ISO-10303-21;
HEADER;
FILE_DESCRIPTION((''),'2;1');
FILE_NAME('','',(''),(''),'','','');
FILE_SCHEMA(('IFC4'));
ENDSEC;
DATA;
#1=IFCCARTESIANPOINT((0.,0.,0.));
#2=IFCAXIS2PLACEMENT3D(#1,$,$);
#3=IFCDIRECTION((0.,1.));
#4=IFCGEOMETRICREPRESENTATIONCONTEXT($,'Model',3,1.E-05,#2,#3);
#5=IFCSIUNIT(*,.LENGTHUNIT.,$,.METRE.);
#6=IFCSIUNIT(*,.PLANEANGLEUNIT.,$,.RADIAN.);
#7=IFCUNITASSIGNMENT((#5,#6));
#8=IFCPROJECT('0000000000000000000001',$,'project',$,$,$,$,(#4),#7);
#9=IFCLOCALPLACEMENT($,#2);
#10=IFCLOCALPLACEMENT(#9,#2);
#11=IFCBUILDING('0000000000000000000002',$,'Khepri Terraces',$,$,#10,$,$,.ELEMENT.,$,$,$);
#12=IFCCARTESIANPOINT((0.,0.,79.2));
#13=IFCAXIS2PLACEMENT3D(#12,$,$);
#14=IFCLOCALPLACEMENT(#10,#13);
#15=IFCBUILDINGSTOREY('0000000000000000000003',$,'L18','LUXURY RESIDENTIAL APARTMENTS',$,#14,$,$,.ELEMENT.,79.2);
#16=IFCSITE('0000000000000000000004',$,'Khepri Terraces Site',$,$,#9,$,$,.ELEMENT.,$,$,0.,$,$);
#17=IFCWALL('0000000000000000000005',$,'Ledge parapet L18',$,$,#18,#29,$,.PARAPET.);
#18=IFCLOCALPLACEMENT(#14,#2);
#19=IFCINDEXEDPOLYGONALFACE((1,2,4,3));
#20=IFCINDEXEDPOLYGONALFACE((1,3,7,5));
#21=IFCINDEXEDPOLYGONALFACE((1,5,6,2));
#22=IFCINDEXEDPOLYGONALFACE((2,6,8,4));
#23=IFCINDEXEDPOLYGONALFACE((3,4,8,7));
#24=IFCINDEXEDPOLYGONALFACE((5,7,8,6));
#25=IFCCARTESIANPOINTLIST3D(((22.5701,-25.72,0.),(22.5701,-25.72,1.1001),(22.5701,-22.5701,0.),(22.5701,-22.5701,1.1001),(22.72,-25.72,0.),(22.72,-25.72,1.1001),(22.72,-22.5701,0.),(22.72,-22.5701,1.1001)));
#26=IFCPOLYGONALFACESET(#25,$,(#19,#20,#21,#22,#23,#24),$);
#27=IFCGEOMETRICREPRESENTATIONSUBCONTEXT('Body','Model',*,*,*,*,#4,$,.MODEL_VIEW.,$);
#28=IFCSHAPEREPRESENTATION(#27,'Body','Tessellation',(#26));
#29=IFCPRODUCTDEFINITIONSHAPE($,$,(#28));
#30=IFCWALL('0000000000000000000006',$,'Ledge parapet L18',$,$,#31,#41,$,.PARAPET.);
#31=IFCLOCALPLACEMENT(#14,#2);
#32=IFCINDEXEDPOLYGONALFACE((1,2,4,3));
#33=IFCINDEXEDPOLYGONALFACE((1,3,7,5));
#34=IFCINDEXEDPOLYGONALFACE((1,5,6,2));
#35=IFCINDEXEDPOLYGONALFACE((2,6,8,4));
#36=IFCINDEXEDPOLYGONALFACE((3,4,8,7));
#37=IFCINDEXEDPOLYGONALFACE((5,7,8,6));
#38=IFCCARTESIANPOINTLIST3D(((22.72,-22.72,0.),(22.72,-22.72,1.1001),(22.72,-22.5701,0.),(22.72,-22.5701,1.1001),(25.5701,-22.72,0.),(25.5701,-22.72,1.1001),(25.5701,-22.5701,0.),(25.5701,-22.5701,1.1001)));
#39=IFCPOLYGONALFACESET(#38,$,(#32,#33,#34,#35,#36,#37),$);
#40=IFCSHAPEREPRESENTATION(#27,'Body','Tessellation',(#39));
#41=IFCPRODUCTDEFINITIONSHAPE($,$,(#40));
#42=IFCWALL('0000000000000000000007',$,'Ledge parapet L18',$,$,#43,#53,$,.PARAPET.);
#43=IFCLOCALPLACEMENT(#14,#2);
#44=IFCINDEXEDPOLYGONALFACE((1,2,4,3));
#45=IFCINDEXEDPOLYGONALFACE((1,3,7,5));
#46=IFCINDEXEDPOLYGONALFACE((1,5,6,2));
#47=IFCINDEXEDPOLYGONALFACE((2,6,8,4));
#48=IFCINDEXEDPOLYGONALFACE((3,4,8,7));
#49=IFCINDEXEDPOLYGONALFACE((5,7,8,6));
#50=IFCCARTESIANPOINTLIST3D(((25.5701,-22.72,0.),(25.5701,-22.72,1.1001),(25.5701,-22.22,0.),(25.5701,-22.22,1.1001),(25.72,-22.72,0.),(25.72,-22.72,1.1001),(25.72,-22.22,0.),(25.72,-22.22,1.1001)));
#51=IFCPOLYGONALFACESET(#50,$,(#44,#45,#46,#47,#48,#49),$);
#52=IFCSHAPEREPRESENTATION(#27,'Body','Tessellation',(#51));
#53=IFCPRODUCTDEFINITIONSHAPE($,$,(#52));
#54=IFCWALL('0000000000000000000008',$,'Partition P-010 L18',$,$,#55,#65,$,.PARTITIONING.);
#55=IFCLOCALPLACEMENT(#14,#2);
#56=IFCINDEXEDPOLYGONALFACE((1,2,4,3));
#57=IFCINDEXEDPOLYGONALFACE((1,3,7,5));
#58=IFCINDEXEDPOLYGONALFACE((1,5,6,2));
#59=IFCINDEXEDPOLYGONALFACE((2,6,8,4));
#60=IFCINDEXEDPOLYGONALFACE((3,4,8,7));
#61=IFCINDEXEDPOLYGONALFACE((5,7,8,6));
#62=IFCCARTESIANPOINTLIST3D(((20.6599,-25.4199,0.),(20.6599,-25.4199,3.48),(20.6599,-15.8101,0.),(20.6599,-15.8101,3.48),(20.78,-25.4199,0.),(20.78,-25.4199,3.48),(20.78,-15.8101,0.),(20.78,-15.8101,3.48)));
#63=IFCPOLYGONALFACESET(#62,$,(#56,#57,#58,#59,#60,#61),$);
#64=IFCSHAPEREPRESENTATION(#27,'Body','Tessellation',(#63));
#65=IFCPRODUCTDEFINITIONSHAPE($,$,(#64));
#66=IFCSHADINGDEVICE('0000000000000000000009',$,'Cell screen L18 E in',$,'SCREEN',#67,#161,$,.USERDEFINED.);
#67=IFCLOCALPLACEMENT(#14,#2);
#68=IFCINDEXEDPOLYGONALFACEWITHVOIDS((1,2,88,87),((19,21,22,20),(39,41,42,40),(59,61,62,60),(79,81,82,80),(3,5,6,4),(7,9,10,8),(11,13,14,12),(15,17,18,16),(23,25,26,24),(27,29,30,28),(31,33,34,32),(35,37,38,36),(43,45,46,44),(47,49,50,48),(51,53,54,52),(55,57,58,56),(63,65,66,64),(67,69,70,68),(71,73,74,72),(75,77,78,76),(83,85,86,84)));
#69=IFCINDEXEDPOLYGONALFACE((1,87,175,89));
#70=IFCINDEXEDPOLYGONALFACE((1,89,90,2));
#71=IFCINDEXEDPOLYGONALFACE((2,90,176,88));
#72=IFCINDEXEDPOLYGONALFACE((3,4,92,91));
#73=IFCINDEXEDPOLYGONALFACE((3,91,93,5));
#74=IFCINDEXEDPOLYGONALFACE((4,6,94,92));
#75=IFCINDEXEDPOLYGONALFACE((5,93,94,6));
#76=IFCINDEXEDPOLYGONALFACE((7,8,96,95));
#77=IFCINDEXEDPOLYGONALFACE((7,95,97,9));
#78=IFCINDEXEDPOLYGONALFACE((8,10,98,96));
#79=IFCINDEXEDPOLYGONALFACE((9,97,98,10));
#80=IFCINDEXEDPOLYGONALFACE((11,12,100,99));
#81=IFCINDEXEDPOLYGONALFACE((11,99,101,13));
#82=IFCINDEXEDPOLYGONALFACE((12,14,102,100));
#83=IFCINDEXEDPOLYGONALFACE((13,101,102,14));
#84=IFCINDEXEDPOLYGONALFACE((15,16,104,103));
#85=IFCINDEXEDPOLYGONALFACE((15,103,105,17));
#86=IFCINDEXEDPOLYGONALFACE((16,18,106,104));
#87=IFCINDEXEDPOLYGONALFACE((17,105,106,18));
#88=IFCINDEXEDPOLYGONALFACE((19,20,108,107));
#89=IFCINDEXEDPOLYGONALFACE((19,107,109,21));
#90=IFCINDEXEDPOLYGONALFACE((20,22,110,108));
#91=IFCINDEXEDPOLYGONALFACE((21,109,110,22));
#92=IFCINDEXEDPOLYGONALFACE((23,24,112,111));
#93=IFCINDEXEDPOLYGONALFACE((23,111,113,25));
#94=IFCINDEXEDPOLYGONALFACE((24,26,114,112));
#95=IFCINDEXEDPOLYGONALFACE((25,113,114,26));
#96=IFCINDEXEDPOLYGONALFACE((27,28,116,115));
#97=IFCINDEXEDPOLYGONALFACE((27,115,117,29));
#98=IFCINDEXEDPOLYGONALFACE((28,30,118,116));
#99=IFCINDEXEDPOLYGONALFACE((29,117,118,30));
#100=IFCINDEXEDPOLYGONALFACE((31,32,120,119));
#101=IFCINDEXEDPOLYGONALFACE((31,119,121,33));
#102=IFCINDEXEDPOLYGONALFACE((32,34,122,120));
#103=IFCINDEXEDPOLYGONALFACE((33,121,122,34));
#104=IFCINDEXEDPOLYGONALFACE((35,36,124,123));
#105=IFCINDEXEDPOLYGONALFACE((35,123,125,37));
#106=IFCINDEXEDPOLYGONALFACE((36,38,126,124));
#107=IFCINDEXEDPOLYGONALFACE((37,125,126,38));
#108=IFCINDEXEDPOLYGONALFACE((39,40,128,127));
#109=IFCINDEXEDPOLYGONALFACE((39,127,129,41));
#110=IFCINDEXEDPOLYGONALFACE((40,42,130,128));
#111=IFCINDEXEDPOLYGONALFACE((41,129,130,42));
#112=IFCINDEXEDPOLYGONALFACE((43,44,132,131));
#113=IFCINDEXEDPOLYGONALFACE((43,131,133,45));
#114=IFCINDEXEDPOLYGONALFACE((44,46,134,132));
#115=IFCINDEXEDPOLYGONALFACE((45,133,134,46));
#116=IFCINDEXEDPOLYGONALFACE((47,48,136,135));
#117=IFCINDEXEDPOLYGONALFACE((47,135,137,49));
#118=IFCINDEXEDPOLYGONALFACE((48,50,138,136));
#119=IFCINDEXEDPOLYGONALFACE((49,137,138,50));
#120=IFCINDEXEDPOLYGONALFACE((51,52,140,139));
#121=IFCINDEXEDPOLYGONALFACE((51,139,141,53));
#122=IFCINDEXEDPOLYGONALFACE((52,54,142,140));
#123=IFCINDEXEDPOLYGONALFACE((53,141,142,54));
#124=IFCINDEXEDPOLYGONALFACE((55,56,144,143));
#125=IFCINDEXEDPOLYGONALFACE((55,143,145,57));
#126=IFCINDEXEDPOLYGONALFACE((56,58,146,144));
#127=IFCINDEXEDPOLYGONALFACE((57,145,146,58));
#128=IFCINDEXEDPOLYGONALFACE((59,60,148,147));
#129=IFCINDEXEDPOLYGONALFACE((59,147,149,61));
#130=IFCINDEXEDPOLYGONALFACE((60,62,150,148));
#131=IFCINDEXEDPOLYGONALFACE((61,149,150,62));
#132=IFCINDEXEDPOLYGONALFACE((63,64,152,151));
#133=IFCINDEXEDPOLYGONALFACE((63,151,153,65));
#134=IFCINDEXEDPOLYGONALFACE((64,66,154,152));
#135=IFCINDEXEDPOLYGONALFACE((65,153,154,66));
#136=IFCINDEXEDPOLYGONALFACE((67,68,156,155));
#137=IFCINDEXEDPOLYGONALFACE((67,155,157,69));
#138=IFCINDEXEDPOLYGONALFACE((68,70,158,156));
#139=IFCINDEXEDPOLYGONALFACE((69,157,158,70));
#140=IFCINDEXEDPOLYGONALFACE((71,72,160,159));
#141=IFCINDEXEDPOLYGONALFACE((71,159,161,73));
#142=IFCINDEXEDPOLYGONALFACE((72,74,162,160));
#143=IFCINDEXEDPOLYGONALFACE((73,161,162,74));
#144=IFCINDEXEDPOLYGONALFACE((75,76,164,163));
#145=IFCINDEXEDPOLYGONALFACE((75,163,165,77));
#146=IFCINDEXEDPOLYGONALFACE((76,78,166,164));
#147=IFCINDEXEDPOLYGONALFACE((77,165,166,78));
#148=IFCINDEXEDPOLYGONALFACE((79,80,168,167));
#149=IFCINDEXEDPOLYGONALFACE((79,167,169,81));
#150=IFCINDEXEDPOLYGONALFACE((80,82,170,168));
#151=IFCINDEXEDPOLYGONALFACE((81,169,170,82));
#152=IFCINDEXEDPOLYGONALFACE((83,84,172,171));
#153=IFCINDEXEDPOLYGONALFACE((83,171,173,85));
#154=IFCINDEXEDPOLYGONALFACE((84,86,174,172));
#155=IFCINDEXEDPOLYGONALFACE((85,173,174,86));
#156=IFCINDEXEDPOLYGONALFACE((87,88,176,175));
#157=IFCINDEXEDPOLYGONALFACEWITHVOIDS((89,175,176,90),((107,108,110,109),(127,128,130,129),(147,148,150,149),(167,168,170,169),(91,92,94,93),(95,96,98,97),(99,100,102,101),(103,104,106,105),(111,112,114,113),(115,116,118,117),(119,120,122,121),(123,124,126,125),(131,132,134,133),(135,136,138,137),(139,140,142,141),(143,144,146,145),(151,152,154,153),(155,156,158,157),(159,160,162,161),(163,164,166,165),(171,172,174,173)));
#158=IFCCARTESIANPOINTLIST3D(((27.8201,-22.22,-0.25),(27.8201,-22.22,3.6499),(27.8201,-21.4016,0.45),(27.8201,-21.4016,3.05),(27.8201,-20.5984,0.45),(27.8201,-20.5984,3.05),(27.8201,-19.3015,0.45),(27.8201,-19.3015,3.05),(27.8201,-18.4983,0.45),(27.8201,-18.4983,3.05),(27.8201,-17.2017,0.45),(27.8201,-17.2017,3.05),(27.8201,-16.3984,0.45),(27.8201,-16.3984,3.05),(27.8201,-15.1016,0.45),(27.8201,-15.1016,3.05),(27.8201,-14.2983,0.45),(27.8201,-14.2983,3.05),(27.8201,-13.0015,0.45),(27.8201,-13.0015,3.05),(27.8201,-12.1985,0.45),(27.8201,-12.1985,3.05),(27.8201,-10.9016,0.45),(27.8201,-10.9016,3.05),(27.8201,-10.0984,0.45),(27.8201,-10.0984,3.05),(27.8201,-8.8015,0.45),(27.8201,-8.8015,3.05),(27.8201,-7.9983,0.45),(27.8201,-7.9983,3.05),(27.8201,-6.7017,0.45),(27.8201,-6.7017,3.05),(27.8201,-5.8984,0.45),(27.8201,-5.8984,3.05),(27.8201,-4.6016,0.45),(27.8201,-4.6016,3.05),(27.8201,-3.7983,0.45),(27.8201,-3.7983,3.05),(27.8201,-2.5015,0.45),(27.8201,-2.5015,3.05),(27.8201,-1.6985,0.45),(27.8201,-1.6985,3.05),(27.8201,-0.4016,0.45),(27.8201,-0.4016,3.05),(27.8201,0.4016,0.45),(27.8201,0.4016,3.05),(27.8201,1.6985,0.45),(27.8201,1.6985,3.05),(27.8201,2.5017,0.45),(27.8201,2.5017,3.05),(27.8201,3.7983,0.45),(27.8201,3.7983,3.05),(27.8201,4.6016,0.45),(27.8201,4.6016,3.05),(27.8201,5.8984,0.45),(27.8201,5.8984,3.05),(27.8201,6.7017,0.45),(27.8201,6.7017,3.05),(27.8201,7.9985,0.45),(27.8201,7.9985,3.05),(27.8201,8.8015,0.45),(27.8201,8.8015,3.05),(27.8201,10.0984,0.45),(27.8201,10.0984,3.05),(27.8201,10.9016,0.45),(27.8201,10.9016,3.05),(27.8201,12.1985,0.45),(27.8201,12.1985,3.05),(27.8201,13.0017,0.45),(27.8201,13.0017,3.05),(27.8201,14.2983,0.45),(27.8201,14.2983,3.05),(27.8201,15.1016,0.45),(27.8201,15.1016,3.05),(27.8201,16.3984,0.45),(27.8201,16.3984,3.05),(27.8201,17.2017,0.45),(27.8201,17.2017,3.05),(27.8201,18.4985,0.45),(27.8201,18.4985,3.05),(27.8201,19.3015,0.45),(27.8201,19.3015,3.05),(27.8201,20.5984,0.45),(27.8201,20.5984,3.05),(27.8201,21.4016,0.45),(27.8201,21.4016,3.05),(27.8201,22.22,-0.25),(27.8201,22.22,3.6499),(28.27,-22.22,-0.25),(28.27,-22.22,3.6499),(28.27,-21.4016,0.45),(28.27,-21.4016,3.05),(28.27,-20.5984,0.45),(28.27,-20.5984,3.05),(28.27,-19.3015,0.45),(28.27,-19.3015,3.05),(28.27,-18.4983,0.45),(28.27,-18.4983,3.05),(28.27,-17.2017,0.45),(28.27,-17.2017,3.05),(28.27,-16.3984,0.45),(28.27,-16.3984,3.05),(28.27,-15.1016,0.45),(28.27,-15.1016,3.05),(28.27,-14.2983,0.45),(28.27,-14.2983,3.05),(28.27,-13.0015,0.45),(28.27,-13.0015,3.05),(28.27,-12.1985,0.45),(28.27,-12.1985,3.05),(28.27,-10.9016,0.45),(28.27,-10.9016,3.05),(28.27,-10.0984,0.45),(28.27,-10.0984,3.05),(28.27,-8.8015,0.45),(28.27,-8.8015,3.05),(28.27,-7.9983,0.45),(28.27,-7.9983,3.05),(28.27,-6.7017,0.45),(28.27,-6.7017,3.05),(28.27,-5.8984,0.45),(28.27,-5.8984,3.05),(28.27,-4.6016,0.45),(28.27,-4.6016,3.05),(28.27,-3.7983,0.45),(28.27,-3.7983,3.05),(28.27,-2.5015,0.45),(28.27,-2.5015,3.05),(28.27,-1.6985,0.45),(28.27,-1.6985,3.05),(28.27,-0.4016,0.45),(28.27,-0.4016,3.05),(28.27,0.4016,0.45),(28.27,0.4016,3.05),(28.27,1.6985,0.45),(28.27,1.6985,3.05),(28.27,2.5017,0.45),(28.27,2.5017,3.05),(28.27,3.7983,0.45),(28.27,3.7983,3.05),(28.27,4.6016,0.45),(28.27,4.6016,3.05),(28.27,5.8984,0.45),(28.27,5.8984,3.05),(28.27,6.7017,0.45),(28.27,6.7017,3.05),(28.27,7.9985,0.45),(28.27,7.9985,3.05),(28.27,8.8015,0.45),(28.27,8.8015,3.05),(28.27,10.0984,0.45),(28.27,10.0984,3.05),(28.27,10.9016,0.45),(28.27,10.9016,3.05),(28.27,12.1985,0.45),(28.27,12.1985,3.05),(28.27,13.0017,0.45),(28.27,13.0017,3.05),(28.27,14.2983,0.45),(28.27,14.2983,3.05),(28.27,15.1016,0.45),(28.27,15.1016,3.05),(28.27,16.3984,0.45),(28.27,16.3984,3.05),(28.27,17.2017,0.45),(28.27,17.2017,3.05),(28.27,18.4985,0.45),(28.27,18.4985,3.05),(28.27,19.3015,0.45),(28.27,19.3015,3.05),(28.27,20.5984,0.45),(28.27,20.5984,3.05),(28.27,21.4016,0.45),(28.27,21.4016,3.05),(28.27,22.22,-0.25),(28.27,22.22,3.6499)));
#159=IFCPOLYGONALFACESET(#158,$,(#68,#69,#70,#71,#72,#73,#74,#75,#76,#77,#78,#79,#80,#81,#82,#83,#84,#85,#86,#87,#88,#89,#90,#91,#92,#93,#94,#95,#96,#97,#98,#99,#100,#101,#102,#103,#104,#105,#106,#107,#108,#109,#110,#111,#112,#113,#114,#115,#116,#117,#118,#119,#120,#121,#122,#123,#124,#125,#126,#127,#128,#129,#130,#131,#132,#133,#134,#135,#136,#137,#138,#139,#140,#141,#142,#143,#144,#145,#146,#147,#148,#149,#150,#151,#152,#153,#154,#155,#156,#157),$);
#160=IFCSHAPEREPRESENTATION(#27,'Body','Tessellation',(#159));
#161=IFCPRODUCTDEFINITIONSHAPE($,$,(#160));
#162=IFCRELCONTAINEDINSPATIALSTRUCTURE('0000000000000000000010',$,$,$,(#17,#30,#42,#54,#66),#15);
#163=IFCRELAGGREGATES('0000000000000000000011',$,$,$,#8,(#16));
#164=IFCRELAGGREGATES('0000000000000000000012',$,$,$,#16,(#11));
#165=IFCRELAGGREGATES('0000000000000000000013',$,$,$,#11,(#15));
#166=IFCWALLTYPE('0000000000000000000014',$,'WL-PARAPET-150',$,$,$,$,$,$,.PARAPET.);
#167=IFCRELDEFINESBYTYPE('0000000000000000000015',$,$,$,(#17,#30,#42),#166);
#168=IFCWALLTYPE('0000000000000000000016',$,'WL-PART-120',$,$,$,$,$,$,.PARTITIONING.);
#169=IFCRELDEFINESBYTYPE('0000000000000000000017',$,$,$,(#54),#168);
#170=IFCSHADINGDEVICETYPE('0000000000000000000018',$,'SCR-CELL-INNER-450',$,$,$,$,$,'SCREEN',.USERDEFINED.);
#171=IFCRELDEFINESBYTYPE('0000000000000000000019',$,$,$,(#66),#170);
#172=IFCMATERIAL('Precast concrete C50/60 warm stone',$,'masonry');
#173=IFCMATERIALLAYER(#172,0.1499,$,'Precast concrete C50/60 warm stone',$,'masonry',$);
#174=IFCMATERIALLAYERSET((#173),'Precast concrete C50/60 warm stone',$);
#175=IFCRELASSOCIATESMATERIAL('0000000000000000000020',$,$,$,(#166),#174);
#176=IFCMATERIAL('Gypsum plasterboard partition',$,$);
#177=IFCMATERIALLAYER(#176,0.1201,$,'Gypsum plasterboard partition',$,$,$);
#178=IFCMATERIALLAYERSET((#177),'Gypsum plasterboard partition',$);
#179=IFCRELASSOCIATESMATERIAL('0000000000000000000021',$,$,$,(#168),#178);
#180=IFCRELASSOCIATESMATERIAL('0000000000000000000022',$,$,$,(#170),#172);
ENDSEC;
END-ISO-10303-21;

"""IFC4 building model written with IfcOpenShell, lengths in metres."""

from ifc_helpers import new_model, si_unit, direction, frame, frame_2d, origin, place, context, subcontext, project, spatial, polyline, rectangle, outline, extrude, material, layer, layer_set, type_object, element, save


model = new_model("IFC4")

# Units and contexts
model_context = context("Model", 3, precision=1e-05, world=origin(), true_north=direction((0.0, 1.0)))
body_context = subcontext(model_context, "Body", "Model", "MODEL_VIEW")
ifc_project = project(units=[si_unit("LENGTHUNIT", "METRE"), si_unit("PLANEANGLEUNIT", "RADIAN")], contexts=[model_context])

# Site, building, storey
site_placement = place(None, origin())
site = spatial("IfcSite", under=ifc_project, at=site_placement, Name="Khepri Terraces Site", CompositionType="ELEMENT", RefElevation=0.0)
building_placement = place(site_placement, origin())
building = spatial("IfcBuilding", under=site, at=building_placement, Name="Khepri Terraces", CompositionType="ELEMENT")
storey_placement = place(building_placement, frame((0.0, 0.0, 79.2)))
storey = spatial("IfcBuildingStorey", under=building, at=storey_placement, Name="L18", Description="LUXURY RESIDENTIAL APARTMENTS", CompositionType="ELEMENT", Elevation=79.2)

# Shared definitions
ifc_material_1 = material(Name="Precast concrete C50/60 warm stone", Category="masonry")

# Walls
ifc_layer_1 = layer(ifc_material_1, 0.1499, Name="Precast concrete C50/60 warm stone", Category="masonry")
ifc_layer_set_1 = layer_set([ifc_layer_1], Name="Precast concrete C50/60 warm stone")
wall_type_1 = type_object("IfcWallType", Name="WL-PARAPET-150", PredefinedType="PARAPET", material=ifc_layer_set_1)
wall_1_placement = place(storey_placement, frame((22.645, -25.72, 0.0), z_axis=(0.0, 0.0, 1.0), x_axis=(0.0, 1.0, 0.0)))
element("IfcWall", 1, at=wall_1_placement, inside=storey, type_object=wall_type_1, Name="Ledge parapet L18", PredefinedType="PARAPET", context=body_context, shape_type="SweptSolid", body=[
    extrude(rectangle(XDim=3.1499, YDim=0.1499, at=frame_2d((1.575, 0.0))), origin(), (0.0, 0.0, 1.0), 1.1001),
])
wall_2_placement = place(storey_placement, frame((22.72, -22.645, 0.0), z_axis=(0.0, 0.0, 1.0), x_axis=(1.0, 0.0, 0.0)))
element("IfcWall", 2, at=wall_2_placement, inside=storey, type_object=wall_type_1, Name="Ledge parapet L18", PredefinedType="PARAPET", context=body_context, shape_type="SweptSolid", body=[
    extrude(rectangle(XDim=2.8501, YDim=0.1499, at=frame_2d((1.425, 0.0))), origin(), (0.0, 0.0, 1.0), 1.1001),
])
wall_3_placement = place(storey_placement, frame((25.645, -22.72, 0.0), z_axis=(0.0, 0.0, 1.0), x_axis=(0.0, 1.0, 0.0)))
element("IfcWall", 3, at=wall_3_placement, inside=storey, type_object=wall_type_1, Name="Ledge parapet L18", PredefinedType="PARAPET", context=body_context, shape_type="SweptSolid", body=[
    extrude(rectangle(XDim=0.5, YDim=0.1499, at=frame_2d((0.25, 0.0))), origin(), (0.0, 0.0, 1.0), 1.1001),
])
ifc_material_2 = material(Name="Gypsum plasterboard partition")
ifc_layer_2 = layer(ifc_material_2, 0.1201, Name="Gypsum plasterboard partition")
ifc_layer_set_2 = layer_set([ifc_layer_2], Name="Gypsum plasterboard partition")
wall_type_2 = type_object("IfcWallType", Name="WL-PART-120", PredefinedType="PARTITIONING", material=ifc_layer_set_2)
wall_4_placement = place(storey_placement, frame((20.72, -25.4199, 0.0), z_axis=(0.0, 0.0, 1.0), x_axis=(0.0, 1.0, 0.0)))
element("IfcWall", 4, at=wall_4_placement, inside=storey, type_object=wall_type_2, Name="Partition P-010 L18", PredefinedType="PARTITIONING", context=body_context, shape_type="SweptSolid", body=[
    extrude(rectangle(XDim=9.6099, YDim=0.1201, at=frame_2d((4.8049, 0.0))), origin(), (0.0, 0.0, 1.0), 3.48),
])

# Shading device
shading_device_type_1 = type_object("IfcShadingDeviceType", Name="SCR-CELL-INNER-450", ElementType="SCREEN", PredefinedType="USERDEFINED", material=ifc_material_1)
shading_device_1_placement = place(storey_placement, frame((27.8201, -22.22, -0.25), z_axis=(1.0, 0.0, 0.0), x_axis=(0.0, 1.0, 0.0)))
element("IfcShadingDevice", 5, at=shading_device_1_placement, inside=storey, type_object=shading_device_type_1, Name="Cell screen L18 E in", ObjectType="SCREEN", PredefinedType="USERDEFINED", context=body_context, shape_type="SweptSolid", body=[
    extrude(outline(polyline([(0.0, 0.0), (44.4399, 0.0), (44.4399, 3.8999), (0.0, 3.8999), (0.0, 0.0)]), holes=[polyline([(0.8184, 0.7), (1.6216, 0.7), (1.6216, 3.3), (0.8184, 3.3), (0.8184, 0.7)]), polyline([(2.9185, 0.7), (3.7217, 0.7), (3.7217, 3.3), (2.9185, 3.3), (2.9185, 0.7)]), polyline([(5.0183, 0.7), (5.8215, 0.7), (5.8215, 3.3), (5.0183, 3.3), (5.0183, 0.7)]), polyline([(7.1184, 0.7), (7.9216, 0.7), (7.9216, 3.3), (7.1184, 3.3), (7.1184, 0.7)]), polyline([(9.2185, 0.7), (10.0215, 0.7), (10.0215, 3.3), (9.2185, 3.3), (9.2185, 0.7)]), polyline([(11.3184, 0.7), (12.1216, 0.7), (12.1216, 3.3), (11.3184, 3.3), (11.3184, 0.7)]), polyline([(13.4185, 0.7), (14.2217, 0.7), (14.2217, 3.3), (13.4185, 3.3), (13.4185, 0.7)]), polyline([(15.5183, 0.7), (16.3215, 0.7), (16.3215, 3.3), (15.5183, 3.3), (15.5183, 0.7)]), polyline([(17.6184, 0.7), (18.4216, 0.7), (18.4216, 3.3), (17.6184, 3.3), (17.6184, 0.7)]), polyline([(19.7185, 0.7), (20.5215, 0.7), (20.5215, 3.3), (19.7185, 3.3), (19.7185, 0.7)]), polyline([(21.8184, 0.7), (22.6216, 0.7), (22.6216, 3.3), (21.8184, 3.3), (21.8184, 0.7)]), polyline([(23.9185, 0.7), (24.7217, 0.7), (24.7217, 3.3), (23.9185, 3.3), (23.9185, 0.7)]), polyline([(26.0183, 0.7), (26.8215, 0.7), (26.8215, 3.3), (26.0183, 3.3), (26.0183, 0.7)]), polyline([(28.1184, 0.7), (28.9216, 0.7), (28.9216, 3.3), (28.1184, 3.3), (28.1184, 0.7)]), polyline([(30.2185, 0.7), (31.0215, 0.7), (31.0215, 3.3), (30.2185, 3.3), (30.2185, 0.7)]), polyline([(32.3184, 0.7), (33.1216, 0.7), (33.1216, 3.3), (32.3184, 3.3), (32.3184, 0.7)]), polyline([(34.4185, 0.7), (35.2217, 0.7), (35.2217, 3.3), (34.4185, 3.3), (34.4185, 0.7)]), polyline([(36.5183, 0.7), (37.3215, 0.7), (37.3215, 3.3), (36.5183, 3.3), (36.5183, 0.7)]), polyline([(38.6184, 0.7), (39.4216, 0.7), (39.4216, 3.3), (38.6184, 3.3), (38.6184, 0.7)]), polyline([(40.7185, 0.7), (41.5215, 0.7), (41.5215, 3.3), (40.7185, 3.3), (40.7185, 0.7)]), polyline([(42.8184, 0.7), (43.6216, 0.7), (43.6216, 3.3), (42.8184, 3.3), (42.8184, 0.7)])]), origin(), (0.0, 0.0, 1.0), 0.45),
])

save(model, "model.ifc")
